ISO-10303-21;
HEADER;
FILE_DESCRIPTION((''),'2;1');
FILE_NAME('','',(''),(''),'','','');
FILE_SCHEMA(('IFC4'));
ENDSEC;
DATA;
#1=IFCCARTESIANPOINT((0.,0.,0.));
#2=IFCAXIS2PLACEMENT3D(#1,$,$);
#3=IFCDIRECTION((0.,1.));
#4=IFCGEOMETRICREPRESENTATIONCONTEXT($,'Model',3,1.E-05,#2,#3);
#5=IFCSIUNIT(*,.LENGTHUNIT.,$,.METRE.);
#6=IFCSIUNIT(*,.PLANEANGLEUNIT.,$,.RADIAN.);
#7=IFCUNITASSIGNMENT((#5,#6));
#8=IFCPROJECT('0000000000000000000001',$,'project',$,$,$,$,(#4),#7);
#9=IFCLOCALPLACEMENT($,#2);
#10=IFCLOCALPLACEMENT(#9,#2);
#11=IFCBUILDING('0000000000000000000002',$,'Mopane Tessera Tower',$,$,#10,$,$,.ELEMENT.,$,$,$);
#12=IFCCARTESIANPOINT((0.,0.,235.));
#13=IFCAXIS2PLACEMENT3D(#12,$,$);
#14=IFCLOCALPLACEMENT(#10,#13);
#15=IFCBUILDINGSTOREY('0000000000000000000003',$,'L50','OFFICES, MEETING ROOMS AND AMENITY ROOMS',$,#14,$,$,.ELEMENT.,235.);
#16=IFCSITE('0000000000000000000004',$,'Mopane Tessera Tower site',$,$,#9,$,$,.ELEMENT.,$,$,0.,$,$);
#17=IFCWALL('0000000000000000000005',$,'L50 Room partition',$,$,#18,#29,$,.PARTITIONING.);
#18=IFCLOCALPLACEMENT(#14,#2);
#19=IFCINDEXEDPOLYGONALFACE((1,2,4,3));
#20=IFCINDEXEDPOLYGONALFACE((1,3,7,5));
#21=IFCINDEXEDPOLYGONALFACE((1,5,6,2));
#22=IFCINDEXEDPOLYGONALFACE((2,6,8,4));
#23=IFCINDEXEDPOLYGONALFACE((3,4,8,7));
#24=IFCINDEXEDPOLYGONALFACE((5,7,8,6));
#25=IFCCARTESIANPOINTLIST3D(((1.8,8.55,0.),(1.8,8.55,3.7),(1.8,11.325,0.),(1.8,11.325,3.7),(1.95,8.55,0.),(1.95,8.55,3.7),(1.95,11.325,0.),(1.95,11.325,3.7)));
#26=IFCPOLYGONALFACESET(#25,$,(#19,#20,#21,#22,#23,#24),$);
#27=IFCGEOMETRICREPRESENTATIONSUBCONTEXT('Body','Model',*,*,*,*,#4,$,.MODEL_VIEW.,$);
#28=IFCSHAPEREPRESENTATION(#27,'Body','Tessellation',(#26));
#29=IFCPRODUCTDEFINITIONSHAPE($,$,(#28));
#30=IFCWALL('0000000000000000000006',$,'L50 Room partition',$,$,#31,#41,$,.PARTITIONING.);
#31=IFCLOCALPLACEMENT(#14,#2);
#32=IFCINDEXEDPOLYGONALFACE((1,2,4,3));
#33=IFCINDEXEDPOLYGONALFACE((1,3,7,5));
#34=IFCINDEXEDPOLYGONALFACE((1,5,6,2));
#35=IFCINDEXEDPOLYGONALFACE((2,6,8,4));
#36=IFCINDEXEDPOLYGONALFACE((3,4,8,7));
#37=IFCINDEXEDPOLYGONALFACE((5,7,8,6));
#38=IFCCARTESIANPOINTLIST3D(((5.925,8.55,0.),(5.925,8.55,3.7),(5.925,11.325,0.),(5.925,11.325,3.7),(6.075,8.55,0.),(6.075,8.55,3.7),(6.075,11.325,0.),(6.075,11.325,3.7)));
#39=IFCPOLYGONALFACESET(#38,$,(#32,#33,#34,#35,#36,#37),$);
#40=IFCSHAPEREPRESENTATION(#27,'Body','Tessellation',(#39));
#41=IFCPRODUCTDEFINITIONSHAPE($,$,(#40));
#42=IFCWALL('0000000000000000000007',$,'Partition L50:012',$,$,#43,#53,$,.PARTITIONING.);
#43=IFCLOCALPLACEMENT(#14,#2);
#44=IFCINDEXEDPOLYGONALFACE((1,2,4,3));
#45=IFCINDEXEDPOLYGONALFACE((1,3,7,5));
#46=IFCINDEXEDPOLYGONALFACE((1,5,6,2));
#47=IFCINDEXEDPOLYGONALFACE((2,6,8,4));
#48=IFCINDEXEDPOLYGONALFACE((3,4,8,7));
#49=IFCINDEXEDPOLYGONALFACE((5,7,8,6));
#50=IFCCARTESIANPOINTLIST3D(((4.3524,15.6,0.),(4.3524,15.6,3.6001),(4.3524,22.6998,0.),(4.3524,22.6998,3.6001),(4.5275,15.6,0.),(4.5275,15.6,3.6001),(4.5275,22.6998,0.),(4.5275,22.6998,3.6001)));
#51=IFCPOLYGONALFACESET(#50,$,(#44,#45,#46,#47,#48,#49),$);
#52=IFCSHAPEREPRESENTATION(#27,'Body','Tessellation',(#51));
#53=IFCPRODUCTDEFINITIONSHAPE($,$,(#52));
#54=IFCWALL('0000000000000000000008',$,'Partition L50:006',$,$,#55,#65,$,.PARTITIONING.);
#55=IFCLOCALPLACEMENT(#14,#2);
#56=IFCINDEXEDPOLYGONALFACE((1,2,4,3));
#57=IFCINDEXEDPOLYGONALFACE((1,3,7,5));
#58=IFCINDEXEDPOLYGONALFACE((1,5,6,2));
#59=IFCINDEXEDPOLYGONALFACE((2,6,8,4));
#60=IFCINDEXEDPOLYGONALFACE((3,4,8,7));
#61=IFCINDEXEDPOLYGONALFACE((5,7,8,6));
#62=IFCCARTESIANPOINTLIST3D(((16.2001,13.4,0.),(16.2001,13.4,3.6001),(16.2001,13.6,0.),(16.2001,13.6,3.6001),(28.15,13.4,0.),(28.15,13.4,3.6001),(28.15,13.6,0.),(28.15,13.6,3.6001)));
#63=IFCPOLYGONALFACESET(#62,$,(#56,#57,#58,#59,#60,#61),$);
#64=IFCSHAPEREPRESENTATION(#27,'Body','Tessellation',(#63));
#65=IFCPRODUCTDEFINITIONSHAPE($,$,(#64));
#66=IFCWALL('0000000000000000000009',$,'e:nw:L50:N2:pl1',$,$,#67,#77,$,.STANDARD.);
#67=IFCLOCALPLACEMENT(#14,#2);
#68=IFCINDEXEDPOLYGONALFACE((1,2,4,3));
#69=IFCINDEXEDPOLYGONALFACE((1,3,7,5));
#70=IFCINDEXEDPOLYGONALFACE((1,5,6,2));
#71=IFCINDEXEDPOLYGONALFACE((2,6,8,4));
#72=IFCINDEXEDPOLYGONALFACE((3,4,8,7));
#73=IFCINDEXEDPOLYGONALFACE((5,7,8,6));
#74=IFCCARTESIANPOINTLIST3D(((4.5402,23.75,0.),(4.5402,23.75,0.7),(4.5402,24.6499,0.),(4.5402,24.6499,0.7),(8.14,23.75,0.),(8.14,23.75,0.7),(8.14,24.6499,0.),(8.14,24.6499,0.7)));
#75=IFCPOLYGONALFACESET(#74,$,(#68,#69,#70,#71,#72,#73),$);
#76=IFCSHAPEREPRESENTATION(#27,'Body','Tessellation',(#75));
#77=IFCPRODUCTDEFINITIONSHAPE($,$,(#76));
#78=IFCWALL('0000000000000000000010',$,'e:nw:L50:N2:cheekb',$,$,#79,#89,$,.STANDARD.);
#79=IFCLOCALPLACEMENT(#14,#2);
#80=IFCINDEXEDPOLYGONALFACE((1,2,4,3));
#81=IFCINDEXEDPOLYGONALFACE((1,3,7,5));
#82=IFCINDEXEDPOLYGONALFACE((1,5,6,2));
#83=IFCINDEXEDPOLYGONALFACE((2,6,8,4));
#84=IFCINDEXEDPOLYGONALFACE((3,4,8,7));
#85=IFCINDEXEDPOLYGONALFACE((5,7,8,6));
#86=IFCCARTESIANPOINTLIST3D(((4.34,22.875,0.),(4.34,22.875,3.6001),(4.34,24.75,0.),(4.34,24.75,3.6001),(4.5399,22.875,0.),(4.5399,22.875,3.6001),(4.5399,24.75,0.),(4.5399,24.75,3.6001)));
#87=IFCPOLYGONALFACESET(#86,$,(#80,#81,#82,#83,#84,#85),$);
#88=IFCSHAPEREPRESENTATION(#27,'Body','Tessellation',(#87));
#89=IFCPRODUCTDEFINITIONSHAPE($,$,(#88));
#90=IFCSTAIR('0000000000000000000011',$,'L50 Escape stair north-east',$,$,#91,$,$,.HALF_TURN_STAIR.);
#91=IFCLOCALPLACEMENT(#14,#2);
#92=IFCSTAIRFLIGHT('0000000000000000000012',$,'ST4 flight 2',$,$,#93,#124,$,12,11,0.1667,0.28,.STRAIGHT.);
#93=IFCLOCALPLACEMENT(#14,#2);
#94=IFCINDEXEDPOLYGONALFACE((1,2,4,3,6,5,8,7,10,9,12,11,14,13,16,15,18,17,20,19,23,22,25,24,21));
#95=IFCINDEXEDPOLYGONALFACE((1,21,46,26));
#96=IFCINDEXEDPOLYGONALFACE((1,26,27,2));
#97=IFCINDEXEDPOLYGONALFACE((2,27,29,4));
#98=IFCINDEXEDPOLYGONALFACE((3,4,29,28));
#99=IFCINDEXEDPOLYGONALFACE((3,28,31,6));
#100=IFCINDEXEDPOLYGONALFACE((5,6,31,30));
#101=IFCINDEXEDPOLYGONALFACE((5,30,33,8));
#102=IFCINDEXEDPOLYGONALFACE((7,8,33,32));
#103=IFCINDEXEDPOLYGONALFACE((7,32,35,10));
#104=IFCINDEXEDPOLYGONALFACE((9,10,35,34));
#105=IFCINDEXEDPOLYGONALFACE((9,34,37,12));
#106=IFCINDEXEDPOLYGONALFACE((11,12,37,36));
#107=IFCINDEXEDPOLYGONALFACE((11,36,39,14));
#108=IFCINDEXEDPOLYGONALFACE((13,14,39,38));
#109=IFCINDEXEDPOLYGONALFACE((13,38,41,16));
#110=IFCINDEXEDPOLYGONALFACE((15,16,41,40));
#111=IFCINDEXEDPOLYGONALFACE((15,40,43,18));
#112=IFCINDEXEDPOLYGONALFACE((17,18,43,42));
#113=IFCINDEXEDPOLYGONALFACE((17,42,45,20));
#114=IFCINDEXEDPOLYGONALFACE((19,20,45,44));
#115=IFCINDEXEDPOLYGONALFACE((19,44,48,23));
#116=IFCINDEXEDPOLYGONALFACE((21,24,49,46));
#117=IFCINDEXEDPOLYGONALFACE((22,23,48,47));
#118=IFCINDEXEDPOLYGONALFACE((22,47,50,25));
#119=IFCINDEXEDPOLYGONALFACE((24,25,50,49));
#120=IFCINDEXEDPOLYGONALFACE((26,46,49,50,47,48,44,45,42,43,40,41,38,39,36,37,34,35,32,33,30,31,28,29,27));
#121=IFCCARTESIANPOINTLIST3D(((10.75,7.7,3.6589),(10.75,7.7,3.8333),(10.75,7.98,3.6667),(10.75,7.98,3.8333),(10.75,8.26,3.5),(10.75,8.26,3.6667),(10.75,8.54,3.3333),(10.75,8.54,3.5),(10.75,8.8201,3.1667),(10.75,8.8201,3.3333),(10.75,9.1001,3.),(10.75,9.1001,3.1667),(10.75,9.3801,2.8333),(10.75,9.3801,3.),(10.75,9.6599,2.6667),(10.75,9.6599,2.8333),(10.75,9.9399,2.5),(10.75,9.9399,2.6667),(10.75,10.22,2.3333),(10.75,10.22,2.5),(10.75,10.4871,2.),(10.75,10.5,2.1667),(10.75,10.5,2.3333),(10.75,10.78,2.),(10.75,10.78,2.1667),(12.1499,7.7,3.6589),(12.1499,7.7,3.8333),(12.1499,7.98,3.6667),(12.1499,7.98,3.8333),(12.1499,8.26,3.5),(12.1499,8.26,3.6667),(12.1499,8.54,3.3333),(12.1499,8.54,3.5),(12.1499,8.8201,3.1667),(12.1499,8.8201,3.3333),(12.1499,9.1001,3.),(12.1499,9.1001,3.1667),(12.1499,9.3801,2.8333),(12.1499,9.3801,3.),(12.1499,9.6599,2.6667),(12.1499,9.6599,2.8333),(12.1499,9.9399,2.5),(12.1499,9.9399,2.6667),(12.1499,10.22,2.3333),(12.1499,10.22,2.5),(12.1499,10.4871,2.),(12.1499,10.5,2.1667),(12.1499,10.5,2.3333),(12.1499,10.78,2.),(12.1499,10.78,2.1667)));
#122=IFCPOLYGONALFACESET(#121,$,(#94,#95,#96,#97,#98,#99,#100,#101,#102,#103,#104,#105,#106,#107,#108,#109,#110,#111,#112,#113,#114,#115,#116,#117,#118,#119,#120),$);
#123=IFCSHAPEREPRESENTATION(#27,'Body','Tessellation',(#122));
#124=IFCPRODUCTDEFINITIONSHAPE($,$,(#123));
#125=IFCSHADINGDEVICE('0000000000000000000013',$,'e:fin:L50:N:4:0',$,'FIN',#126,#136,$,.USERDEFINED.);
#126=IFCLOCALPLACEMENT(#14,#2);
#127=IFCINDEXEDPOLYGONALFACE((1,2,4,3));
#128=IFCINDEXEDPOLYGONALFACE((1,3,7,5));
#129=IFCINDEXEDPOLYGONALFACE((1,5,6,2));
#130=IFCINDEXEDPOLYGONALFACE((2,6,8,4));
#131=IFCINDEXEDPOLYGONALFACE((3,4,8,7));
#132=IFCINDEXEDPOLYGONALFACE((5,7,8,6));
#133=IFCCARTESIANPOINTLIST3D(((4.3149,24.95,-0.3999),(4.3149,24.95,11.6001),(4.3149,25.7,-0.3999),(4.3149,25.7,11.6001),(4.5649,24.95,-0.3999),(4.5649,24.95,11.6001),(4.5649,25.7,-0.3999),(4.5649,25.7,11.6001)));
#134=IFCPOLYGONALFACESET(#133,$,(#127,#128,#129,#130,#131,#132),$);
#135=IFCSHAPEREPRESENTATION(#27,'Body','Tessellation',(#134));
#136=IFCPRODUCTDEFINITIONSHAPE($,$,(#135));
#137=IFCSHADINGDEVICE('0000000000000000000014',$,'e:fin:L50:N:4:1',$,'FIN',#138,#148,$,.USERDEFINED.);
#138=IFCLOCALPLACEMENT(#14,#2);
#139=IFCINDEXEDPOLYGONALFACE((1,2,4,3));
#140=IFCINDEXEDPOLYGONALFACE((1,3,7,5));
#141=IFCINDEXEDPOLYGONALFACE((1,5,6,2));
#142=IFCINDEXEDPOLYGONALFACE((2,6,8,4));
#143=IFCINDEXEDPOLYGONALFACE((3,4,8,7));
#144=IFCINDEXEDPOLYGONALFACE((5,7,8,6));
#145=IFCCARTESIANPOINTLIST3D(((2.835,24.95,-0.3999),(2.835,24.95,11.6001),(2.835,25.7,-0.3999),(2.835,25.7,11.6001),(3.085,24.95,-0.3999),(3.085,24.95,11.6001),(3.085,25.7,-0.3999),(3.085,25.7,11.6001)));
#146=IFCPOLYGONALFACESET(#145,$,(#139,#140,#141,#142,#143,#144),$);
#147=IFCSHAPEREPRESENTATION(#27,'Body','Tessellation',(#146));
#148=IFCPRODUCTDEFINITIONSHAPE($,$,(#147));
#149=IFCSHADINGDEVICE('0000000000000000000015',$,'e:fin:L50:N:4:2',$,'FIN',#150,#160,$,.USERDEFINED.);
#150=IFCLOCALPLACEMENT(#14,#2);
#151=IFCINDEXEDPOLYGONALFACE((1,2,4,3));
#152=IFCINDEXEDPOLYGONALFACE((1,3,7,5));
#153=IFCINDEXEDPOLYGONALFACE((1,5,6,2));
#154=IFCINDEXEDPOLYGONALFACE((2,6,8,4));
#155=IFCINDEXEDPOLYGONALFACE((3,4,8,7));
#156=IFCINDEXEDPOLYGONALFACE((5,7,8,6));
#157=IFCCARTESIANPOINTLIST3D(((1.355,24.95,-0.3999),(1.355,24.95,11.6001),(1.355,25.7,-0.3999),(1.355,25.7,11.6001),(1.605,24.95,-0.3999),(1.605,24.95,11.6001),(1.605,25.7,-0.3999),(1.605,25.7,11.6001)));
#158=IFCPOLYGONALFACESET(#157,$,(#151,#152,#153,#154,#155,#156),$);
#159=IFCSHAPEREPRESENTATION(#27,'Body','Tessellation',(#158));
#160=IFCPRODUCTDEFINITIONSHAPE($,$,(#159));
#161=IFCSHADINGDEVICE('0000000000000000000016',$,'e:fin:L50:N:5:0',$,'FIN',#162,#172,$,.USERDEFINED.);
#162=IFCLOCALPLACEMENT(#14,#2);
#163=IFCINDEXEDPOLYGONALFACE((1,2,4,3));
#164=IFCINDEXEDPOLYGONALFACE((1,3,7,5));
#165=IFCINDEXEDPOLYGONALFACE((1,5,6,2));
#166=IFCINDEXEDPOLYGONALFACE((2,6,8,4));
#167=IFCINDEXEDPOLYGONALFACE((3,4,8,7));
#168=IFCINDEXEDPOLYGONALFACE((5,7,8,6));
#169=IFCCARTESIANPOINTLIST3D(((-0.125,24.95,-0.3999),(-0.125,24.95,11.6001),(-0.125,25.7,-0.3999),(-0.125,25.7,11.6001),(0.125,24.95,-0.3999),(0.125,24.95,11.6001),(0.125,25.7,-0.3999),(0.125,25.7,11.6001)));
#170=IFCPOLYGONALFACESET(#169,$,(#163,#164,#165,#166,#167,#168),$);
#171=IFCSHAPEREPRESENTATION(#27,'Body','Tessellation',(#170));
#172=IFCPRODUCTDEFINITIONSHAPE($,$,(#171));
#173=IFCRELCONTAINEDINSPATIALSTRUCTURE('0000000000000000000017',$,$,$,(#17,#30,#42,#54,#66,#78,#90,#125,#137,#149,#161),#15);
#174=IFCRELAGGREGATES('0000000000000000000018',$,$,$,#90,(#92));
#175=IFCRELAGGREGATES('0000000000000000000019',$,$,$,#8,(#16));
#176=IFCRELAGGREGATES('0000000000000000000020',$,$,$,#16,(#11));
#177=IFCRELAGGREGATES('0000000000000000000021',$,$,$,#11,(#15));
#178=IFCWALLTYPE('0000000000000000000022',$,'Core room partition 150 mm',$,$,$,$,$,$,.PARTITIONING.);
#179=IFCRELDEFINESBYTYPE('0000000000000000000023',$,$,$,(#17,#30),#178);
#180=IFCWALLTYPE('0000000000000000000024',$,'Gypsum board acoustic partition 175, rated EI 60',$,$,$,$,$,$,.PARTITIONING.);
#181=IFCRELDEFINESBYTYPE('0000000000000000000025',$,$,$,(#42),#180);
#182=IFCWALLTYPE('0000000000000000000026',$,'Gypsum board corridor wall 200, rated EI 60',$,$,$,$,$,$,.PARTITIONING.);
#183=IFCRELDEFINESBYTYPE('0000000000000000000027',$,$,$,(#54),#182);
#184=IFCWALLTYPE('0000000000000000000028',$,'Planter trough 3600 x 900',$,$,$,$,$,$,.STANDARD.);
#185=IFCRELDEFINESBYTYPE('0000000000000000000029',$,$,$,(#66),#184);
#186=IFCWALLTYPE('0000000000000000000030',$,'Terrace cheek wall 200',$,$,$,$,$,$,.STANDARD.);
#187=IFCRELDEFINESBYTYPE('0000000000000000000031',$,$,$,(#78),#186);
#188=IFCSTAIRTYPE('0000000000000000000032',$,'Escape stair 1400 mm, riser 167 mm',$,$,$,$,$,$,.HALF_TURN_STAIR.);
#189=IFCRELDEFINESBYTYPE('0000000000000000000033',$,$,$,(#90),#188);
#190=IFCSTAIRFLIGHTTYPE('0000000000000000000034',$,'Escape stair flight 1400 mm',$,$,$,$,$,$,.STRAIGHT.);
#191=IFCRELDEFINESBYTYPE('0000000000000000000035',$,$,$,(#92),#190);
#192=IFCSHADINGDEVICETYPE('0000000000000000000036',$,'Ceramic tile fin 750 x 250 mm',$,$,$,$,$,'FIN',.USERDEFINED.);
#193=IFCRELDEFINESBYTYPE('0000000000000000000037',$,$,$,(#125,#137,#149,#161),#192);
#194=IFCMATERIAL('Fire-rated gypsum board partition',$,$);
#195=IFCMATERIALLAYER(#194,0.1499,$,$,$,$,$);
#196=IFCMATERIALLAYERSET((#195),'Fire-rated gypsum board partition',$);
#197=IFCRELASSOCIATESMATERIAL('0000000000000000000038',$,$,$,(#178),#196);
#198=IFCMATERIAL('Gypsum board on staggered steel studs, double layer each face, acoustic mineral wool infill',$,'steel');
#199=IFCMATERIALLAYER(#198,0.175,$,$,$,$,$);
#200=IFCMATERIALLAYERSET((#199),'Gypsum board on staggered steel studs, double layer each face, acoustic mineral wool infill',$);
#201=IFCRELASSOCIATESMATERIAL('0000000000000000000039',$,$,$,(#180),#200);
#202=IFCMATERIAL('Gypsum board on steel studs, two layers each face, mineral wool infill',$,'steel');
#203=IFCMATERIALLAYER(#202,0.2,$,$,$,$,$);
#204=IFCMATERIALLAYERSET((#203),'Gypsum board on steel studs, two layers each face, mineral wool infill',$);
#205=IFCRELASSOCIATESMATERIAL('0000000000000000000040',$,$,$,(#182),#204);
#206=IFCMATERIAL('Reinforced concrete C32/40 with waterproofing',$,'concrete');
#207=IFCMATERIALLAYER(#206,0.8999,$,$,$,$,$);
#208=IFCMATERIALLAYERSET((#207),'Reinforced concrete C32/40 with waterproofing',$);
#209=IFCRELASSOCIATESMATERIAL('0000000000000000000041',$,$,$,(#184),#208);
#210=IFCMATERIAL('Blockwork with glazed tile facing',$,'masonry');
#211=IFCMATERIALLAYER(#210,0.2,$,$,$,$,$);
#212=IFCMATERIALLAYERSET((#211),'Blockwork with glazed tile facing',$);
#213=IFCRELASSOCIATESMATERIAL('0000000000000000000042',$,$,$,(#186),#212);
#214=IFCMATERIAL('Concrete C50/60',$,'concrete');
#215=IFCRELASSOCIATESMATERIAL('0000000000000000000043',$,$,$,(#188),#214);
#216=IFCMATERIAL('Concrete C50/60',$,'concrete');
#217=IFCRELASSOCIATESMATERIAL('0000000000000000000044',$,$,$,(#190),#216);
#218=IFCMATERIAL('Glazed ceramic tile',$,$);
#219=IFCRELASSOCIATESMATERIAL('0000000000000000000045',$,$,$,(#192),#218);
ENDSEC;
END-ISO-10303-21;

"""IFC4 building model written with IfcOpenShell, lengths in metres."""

from ifc_helpers import new_model, si_unit, direction, frame, frame_2d, origin, origin_2d, place, context, subcontext, project, spatial, polyline, rectangle, outline, extrude, material, layer, layer_set, type_object, element, aggregate, save


model = new_model("IFC4")

# Units and contexts
model_context = context("Model", 3, precision=1e-05, world=origin(), true_north=direction((0.0, 1.0)))
body_context = subcontext(model_context, "Body", "Model", "MODEL_VIEW")
ifc_project = project(units=[si_unit("LENGTHUNIT", "METRE"), si_unit("PLANEANGLEUNIT", "RADIAN")], contexts=[model_context])

# Site, building, storey
site_placement = place(None, origin())
site = spatial("IfcSite", under=ifc_project, at=site_placement, Name="Mopane Tessera Tower site", CompositionType="ELEMENT", RefElevation=0.0)
building_placement = place(site_placement, origin())
building = spatial("IfcBuilding", under=site, at=building_placement, Name="Mopane Tessera Tower", CompositionType="ELEMENT")
storey_placement = place(building_placement, frame((0.0, 0.0, 235.0)))
storey = spatial("IfcBuildingStorey", under=building, at=storey_placement, Name="L50", Description="OFFICES, MEETING ROOMS AND AMENITY ROOMS", CompositionType="ELEMENT", Elevation=235.0)

# Walls
ifc_material_1 = material(Name="Fire-rated gypsum board partition")
ifc_layer_1 = layer(ifc_material_1, 0.1499)
ifc_layer_set_1 = layer_set([ifc_layer_1], Name="Fire-rated gypsum board partition")
wall_type_1 = type_object("IfcWallType", Name="Core room partition 150 mm", PredefinedType="PARTITIONING", material=ifc_layer_set_1)
for number, where, z_axis, x_axis, name in (
    (1, (1.875, 8.55, 0.0), (0.0, 0.0, 1.0), (0.0, 1.0, 0.0), "L50 Room partition"),
    (2, (6.0, 8.55, 0.0), (0.0, 0.0, 1.0), (0.0, 1.0, 0.0), "L50 Room partition"),
):
    element("IfcWall", number, at=place(storey_placement, frame(where, z_axis=z_axis, x_axis=x_axis)), inside=storey, type_object=wall_type_1, Name=name, PredefinedType="PARTITIONING", context=body_context, shape_type="SweptSolid", body=[
        extrude(rectangle(XDim=2.7749, YDim=0.1499, at=frame_2d((1.3875, 0.0))), origin(), (0.0, 0.0, 1.0), 3.7),
    ])
ifc_material_2 = material(Name="Gypsum board on staggered steel studs, double layer each face, acoustic mineral wool infill", Category="steel")
ifc_layer_2 = layer(ifc_material_2, 0.175)
ifc_layer_set_2 = layer_set([ifc_layer_2], Name="Gypsum board on staggered steel studs, double layer each face, acoustic mineral wool infill")
wall_type_2 = type_object("IfcWallType", Name="Gypsum board acoustic partition 175, rated EI 60", PredefinedType="PARTITIONING", material=ifc_layer_set_2)
wall_1_placement = place(storey_placement, frame((4.4399, 15.6001, 0.0), z_axis=(0.0, 0.0, 1.0), x_axis=(0.0, 1.0, 0.0)))
element("IfcWall", 3, at=wall_1_placement, inside=storey, type_object=wall_type_2, Name="Partition L50:012", PredefinedType="PARTITIONING", context=body_context, shape_type="SweptSolid", body=[
    extrude(rectangle(XDim=7.0999, YDim=0.175, at=frame_2d((3.5498, 0.0))), origin(), (0.0, 0.0, 1.0), 3.6001),
])
ifc_material_3 = material(Name="Gypsum board on steel studs, two layers each face, mineral wool infill", Category="steel")
ifc_layer_3 = layer(ifc_material_3, 0.2)
ifc_layer_set_3 = layer_set([ifc_layer_3], Name="Gypsum board on steel studs, two layers each face, mineral wool infill")
wall_type_3 = type_object("IfcWallType", Name="Gypsum board corridor wall 200, rated EI 60", PredefinedType="PARTITIONING", material=ifc_layer_set_3)
wall_2_placement = place(storey_placement, frame((16.2, 13.5, 0.0), z_axis=(0.0, 0.0, 1.0), x_axis=(1.0, 0.0, 0.0)))
element("IfcWall", 4, at=wall_2_placement, inside=storey, type_object=wall_type_3, Name="Partition L50:006", PredefinedType="PARTITIONING", context=body_context, shape_type="SweptSolid", body=[
    extrude(rectangle(XDim=11.95, YDim=0.2, at=frame_2d((5.9751, 0.0))), origin(), (0.0, 0.0, 1.0), 3.6001),
])
ifc_material_4 = material(Name="Reinforced concrete C32/40 with waterproofing", Category="concrete")
ifc_layer_4 = layer(ifc_material_4, 0.8999)
ifc_layer_set_4 = layer_set([ifc_layer_4], Name="Reinforced concrete C32/40 with waterproofing")
wall_type_4 = type_object("IfcWallType", Name="Planter trough 3600 x 900", PredefinedType="STANDARD", material=ifc_layer_set_4)
wall_3_placement = place(storey_placement, frame((8.1399, 24.2, 0.0), z_axis=(0.0, 0.0, 1.0), x_axis=(-1.0, 0.0, 0.0)))
element("IfcWall", 5, at=wall_3_placement, inside=storey, type_object=wall_type_4, Name="e:nw:L50:N2:pl1", PredefinedType="STANDARD", context=body_context, shape_type="SweptSolid", body=[
    extrude(rectangle(XDim=3.5999, YDim=0.8999, at=frame_2d((1.7998, 0.0))), origin(), (0.0, 0.0, 1.0), 0.7),
])
ifc_material_5 = material(Name="Blockwork with glazed tile facing", Category="masonry")
ifc_layer_5 = layer(ifc_material_5, 0.2)
ifc_layer_set_5 = layer_set([ifc_layer_5], Name="Blockwork with glazed tile facing")
wall_type_5 = type_object("IfcWallType", Name="Terrace cheek wall 200", PredefinedType="STANDARD", material=ifc_layer_set_5)
wall_4_placement = place(storey_placement, frame((4.4399, 24.75, 0.0), z_axis=(0.0, 0.0, 1.0), x_axis=(0.0, -1.0, 0.0)))
element("IfcWall", 6, at=wall_4_placement, inside=storey, type_object=wall_type_5, Name="e:nw:L50:N2:cheekb", PredefinedType="STANDARD", context=body_context, shape_type="SweptSolid", body=[
    extrude(rectangle(XDim=1.875, YDim=0.2, at=frame_2d((0.9375, 0.0))), origin(), (0.0, 0.0, 1.0), 3.6001),
])

# Stair, stair flight
ifc_material_6 = material(Name="Concrete C50/60", Category="concrete")
stair_type = type_object("IfcStairType", Name="Escape stair 1400 mm, riser 167 mm", PredefinedType="HALF_TURN_STAIR", material=ifc_material_6)
stair_placement = place(storey_placement, origin())
stair = element("IfcStair", 7, at=stair_placement, inside=storey, type_object=stair_type, Name="L50 Escape stair north-east", PredefinedType="HALF_TURN_STAIR")
ifc_material_7 = material(Name="Concrete C50/60", Category="concrete")
stair_flight_type = type_object("IfcStairFlightType", Name="Escape stair flight 1400 mm", PredefinedType="STRAIGHT", material=ifc_material_7)
stair_flight_placement = place(storey_placement, frame((11.45, 10.78, 2.0), z_axis=(0.0, 0.0, 1.0), x_axis=(0.0, -1.0, 0.0)))
stair_flight = element("IfcStairFlight", 8, at=stair_flight_placement, type_object=stair_flight_type, Name="ST4 flight 2", NumberOfRisers=12, NumberOfTreads=11, PredefinedType="STRAIGHT", RiserHeight=0.1667, TreadLength=0.28, context=body_context, shape_type="SweptSolid", body=[
    extrude(outline(polyline([(0.0, 0.0), (0.0, 0.1667), (0.28, 0.1667), (0.28, 0.3333), (0.5601, 0.3333), (0.5601, 0.5), (0.8401, 0.5), (0.8401, 0.6667), (1.1201, 0.6667), (1.1201, 0.8333), (1.3999, 0.8333), (1.3999, 1.0), (1.6799, 1.0), (1.6799, 1.1667), (1.96, 1.1667), (1.96, 1.3333), (2.24, 1.3333), (2.24, 1.5), (2.52, 1.5), (2.52, 1.6667), (2.8, 1.6667), (2.8, 1.8333), (3.0801, 1.8333), (3.0801, 2.0), (3.0801, 1.6589), (0.293, 0.0), (0.0, 0.0)])), frame((0.0, 0.7, 0.0), z_axis=(0.0, -1.0, 0.0), x_axis=(1.0, 0.0, 0.0)), (0.0, 0.0, 1.0), 1.3999),
])
aggregate(stair, [stair_flight])

# Shading devices
ifc_material_8 = material(Name="Glazed ceramic tile")
shading_device_type = type_object("IfcShadingDeviceType", Name="Ceramic tile fin 750 x 250 mm", ElementType="FIN", PredefinedType="USERDEFINED", material=ifc_material_8)
for number, where, z_axis, x_axis, name in (
    (9, (4.4399, 25.325, -0.3999), (0.0, 0.0, 1.0), (-1.0, 0.0, 0.0), "e:fin:L50:N:4:0"),
    (10, (2.96, 25.325, -0.3999), (0.0, 0.0, 1.0), (-1.0, 0.0, 0.0), "e:fin:L50:N:4:1"),
    (11, (1.48, 25.325, -0.3999), (0.0, 0.0, 1.0), (-1.0, 0.0, 0.0), "e:fin:L50:N:4:2"),
    (12, (0.0, 25.325, -0.3999), (0.0, 0.0, 1.0), (-1.0, 0.0, 0.0), "e:fin:L50:N:5:0"),
):
    element("IfcShadingDevice", number, at=place(storey_placement, frame(where, z_axis=z_axis, x_axis=x_axis)), inside=storey, type_object=shading_device_type, Name=name, ObjectType="FIN", PredefinedType="USERDEFINED", context=body_context, shape_type="SweptSolid", body=[
        extrude(rectangle(XDim=0.25, YDim=0.75, at=origin_2d()), origin(), (0.0, 0.0, 1.0), 12.0),
    ])

save(model, "model.ifc")
